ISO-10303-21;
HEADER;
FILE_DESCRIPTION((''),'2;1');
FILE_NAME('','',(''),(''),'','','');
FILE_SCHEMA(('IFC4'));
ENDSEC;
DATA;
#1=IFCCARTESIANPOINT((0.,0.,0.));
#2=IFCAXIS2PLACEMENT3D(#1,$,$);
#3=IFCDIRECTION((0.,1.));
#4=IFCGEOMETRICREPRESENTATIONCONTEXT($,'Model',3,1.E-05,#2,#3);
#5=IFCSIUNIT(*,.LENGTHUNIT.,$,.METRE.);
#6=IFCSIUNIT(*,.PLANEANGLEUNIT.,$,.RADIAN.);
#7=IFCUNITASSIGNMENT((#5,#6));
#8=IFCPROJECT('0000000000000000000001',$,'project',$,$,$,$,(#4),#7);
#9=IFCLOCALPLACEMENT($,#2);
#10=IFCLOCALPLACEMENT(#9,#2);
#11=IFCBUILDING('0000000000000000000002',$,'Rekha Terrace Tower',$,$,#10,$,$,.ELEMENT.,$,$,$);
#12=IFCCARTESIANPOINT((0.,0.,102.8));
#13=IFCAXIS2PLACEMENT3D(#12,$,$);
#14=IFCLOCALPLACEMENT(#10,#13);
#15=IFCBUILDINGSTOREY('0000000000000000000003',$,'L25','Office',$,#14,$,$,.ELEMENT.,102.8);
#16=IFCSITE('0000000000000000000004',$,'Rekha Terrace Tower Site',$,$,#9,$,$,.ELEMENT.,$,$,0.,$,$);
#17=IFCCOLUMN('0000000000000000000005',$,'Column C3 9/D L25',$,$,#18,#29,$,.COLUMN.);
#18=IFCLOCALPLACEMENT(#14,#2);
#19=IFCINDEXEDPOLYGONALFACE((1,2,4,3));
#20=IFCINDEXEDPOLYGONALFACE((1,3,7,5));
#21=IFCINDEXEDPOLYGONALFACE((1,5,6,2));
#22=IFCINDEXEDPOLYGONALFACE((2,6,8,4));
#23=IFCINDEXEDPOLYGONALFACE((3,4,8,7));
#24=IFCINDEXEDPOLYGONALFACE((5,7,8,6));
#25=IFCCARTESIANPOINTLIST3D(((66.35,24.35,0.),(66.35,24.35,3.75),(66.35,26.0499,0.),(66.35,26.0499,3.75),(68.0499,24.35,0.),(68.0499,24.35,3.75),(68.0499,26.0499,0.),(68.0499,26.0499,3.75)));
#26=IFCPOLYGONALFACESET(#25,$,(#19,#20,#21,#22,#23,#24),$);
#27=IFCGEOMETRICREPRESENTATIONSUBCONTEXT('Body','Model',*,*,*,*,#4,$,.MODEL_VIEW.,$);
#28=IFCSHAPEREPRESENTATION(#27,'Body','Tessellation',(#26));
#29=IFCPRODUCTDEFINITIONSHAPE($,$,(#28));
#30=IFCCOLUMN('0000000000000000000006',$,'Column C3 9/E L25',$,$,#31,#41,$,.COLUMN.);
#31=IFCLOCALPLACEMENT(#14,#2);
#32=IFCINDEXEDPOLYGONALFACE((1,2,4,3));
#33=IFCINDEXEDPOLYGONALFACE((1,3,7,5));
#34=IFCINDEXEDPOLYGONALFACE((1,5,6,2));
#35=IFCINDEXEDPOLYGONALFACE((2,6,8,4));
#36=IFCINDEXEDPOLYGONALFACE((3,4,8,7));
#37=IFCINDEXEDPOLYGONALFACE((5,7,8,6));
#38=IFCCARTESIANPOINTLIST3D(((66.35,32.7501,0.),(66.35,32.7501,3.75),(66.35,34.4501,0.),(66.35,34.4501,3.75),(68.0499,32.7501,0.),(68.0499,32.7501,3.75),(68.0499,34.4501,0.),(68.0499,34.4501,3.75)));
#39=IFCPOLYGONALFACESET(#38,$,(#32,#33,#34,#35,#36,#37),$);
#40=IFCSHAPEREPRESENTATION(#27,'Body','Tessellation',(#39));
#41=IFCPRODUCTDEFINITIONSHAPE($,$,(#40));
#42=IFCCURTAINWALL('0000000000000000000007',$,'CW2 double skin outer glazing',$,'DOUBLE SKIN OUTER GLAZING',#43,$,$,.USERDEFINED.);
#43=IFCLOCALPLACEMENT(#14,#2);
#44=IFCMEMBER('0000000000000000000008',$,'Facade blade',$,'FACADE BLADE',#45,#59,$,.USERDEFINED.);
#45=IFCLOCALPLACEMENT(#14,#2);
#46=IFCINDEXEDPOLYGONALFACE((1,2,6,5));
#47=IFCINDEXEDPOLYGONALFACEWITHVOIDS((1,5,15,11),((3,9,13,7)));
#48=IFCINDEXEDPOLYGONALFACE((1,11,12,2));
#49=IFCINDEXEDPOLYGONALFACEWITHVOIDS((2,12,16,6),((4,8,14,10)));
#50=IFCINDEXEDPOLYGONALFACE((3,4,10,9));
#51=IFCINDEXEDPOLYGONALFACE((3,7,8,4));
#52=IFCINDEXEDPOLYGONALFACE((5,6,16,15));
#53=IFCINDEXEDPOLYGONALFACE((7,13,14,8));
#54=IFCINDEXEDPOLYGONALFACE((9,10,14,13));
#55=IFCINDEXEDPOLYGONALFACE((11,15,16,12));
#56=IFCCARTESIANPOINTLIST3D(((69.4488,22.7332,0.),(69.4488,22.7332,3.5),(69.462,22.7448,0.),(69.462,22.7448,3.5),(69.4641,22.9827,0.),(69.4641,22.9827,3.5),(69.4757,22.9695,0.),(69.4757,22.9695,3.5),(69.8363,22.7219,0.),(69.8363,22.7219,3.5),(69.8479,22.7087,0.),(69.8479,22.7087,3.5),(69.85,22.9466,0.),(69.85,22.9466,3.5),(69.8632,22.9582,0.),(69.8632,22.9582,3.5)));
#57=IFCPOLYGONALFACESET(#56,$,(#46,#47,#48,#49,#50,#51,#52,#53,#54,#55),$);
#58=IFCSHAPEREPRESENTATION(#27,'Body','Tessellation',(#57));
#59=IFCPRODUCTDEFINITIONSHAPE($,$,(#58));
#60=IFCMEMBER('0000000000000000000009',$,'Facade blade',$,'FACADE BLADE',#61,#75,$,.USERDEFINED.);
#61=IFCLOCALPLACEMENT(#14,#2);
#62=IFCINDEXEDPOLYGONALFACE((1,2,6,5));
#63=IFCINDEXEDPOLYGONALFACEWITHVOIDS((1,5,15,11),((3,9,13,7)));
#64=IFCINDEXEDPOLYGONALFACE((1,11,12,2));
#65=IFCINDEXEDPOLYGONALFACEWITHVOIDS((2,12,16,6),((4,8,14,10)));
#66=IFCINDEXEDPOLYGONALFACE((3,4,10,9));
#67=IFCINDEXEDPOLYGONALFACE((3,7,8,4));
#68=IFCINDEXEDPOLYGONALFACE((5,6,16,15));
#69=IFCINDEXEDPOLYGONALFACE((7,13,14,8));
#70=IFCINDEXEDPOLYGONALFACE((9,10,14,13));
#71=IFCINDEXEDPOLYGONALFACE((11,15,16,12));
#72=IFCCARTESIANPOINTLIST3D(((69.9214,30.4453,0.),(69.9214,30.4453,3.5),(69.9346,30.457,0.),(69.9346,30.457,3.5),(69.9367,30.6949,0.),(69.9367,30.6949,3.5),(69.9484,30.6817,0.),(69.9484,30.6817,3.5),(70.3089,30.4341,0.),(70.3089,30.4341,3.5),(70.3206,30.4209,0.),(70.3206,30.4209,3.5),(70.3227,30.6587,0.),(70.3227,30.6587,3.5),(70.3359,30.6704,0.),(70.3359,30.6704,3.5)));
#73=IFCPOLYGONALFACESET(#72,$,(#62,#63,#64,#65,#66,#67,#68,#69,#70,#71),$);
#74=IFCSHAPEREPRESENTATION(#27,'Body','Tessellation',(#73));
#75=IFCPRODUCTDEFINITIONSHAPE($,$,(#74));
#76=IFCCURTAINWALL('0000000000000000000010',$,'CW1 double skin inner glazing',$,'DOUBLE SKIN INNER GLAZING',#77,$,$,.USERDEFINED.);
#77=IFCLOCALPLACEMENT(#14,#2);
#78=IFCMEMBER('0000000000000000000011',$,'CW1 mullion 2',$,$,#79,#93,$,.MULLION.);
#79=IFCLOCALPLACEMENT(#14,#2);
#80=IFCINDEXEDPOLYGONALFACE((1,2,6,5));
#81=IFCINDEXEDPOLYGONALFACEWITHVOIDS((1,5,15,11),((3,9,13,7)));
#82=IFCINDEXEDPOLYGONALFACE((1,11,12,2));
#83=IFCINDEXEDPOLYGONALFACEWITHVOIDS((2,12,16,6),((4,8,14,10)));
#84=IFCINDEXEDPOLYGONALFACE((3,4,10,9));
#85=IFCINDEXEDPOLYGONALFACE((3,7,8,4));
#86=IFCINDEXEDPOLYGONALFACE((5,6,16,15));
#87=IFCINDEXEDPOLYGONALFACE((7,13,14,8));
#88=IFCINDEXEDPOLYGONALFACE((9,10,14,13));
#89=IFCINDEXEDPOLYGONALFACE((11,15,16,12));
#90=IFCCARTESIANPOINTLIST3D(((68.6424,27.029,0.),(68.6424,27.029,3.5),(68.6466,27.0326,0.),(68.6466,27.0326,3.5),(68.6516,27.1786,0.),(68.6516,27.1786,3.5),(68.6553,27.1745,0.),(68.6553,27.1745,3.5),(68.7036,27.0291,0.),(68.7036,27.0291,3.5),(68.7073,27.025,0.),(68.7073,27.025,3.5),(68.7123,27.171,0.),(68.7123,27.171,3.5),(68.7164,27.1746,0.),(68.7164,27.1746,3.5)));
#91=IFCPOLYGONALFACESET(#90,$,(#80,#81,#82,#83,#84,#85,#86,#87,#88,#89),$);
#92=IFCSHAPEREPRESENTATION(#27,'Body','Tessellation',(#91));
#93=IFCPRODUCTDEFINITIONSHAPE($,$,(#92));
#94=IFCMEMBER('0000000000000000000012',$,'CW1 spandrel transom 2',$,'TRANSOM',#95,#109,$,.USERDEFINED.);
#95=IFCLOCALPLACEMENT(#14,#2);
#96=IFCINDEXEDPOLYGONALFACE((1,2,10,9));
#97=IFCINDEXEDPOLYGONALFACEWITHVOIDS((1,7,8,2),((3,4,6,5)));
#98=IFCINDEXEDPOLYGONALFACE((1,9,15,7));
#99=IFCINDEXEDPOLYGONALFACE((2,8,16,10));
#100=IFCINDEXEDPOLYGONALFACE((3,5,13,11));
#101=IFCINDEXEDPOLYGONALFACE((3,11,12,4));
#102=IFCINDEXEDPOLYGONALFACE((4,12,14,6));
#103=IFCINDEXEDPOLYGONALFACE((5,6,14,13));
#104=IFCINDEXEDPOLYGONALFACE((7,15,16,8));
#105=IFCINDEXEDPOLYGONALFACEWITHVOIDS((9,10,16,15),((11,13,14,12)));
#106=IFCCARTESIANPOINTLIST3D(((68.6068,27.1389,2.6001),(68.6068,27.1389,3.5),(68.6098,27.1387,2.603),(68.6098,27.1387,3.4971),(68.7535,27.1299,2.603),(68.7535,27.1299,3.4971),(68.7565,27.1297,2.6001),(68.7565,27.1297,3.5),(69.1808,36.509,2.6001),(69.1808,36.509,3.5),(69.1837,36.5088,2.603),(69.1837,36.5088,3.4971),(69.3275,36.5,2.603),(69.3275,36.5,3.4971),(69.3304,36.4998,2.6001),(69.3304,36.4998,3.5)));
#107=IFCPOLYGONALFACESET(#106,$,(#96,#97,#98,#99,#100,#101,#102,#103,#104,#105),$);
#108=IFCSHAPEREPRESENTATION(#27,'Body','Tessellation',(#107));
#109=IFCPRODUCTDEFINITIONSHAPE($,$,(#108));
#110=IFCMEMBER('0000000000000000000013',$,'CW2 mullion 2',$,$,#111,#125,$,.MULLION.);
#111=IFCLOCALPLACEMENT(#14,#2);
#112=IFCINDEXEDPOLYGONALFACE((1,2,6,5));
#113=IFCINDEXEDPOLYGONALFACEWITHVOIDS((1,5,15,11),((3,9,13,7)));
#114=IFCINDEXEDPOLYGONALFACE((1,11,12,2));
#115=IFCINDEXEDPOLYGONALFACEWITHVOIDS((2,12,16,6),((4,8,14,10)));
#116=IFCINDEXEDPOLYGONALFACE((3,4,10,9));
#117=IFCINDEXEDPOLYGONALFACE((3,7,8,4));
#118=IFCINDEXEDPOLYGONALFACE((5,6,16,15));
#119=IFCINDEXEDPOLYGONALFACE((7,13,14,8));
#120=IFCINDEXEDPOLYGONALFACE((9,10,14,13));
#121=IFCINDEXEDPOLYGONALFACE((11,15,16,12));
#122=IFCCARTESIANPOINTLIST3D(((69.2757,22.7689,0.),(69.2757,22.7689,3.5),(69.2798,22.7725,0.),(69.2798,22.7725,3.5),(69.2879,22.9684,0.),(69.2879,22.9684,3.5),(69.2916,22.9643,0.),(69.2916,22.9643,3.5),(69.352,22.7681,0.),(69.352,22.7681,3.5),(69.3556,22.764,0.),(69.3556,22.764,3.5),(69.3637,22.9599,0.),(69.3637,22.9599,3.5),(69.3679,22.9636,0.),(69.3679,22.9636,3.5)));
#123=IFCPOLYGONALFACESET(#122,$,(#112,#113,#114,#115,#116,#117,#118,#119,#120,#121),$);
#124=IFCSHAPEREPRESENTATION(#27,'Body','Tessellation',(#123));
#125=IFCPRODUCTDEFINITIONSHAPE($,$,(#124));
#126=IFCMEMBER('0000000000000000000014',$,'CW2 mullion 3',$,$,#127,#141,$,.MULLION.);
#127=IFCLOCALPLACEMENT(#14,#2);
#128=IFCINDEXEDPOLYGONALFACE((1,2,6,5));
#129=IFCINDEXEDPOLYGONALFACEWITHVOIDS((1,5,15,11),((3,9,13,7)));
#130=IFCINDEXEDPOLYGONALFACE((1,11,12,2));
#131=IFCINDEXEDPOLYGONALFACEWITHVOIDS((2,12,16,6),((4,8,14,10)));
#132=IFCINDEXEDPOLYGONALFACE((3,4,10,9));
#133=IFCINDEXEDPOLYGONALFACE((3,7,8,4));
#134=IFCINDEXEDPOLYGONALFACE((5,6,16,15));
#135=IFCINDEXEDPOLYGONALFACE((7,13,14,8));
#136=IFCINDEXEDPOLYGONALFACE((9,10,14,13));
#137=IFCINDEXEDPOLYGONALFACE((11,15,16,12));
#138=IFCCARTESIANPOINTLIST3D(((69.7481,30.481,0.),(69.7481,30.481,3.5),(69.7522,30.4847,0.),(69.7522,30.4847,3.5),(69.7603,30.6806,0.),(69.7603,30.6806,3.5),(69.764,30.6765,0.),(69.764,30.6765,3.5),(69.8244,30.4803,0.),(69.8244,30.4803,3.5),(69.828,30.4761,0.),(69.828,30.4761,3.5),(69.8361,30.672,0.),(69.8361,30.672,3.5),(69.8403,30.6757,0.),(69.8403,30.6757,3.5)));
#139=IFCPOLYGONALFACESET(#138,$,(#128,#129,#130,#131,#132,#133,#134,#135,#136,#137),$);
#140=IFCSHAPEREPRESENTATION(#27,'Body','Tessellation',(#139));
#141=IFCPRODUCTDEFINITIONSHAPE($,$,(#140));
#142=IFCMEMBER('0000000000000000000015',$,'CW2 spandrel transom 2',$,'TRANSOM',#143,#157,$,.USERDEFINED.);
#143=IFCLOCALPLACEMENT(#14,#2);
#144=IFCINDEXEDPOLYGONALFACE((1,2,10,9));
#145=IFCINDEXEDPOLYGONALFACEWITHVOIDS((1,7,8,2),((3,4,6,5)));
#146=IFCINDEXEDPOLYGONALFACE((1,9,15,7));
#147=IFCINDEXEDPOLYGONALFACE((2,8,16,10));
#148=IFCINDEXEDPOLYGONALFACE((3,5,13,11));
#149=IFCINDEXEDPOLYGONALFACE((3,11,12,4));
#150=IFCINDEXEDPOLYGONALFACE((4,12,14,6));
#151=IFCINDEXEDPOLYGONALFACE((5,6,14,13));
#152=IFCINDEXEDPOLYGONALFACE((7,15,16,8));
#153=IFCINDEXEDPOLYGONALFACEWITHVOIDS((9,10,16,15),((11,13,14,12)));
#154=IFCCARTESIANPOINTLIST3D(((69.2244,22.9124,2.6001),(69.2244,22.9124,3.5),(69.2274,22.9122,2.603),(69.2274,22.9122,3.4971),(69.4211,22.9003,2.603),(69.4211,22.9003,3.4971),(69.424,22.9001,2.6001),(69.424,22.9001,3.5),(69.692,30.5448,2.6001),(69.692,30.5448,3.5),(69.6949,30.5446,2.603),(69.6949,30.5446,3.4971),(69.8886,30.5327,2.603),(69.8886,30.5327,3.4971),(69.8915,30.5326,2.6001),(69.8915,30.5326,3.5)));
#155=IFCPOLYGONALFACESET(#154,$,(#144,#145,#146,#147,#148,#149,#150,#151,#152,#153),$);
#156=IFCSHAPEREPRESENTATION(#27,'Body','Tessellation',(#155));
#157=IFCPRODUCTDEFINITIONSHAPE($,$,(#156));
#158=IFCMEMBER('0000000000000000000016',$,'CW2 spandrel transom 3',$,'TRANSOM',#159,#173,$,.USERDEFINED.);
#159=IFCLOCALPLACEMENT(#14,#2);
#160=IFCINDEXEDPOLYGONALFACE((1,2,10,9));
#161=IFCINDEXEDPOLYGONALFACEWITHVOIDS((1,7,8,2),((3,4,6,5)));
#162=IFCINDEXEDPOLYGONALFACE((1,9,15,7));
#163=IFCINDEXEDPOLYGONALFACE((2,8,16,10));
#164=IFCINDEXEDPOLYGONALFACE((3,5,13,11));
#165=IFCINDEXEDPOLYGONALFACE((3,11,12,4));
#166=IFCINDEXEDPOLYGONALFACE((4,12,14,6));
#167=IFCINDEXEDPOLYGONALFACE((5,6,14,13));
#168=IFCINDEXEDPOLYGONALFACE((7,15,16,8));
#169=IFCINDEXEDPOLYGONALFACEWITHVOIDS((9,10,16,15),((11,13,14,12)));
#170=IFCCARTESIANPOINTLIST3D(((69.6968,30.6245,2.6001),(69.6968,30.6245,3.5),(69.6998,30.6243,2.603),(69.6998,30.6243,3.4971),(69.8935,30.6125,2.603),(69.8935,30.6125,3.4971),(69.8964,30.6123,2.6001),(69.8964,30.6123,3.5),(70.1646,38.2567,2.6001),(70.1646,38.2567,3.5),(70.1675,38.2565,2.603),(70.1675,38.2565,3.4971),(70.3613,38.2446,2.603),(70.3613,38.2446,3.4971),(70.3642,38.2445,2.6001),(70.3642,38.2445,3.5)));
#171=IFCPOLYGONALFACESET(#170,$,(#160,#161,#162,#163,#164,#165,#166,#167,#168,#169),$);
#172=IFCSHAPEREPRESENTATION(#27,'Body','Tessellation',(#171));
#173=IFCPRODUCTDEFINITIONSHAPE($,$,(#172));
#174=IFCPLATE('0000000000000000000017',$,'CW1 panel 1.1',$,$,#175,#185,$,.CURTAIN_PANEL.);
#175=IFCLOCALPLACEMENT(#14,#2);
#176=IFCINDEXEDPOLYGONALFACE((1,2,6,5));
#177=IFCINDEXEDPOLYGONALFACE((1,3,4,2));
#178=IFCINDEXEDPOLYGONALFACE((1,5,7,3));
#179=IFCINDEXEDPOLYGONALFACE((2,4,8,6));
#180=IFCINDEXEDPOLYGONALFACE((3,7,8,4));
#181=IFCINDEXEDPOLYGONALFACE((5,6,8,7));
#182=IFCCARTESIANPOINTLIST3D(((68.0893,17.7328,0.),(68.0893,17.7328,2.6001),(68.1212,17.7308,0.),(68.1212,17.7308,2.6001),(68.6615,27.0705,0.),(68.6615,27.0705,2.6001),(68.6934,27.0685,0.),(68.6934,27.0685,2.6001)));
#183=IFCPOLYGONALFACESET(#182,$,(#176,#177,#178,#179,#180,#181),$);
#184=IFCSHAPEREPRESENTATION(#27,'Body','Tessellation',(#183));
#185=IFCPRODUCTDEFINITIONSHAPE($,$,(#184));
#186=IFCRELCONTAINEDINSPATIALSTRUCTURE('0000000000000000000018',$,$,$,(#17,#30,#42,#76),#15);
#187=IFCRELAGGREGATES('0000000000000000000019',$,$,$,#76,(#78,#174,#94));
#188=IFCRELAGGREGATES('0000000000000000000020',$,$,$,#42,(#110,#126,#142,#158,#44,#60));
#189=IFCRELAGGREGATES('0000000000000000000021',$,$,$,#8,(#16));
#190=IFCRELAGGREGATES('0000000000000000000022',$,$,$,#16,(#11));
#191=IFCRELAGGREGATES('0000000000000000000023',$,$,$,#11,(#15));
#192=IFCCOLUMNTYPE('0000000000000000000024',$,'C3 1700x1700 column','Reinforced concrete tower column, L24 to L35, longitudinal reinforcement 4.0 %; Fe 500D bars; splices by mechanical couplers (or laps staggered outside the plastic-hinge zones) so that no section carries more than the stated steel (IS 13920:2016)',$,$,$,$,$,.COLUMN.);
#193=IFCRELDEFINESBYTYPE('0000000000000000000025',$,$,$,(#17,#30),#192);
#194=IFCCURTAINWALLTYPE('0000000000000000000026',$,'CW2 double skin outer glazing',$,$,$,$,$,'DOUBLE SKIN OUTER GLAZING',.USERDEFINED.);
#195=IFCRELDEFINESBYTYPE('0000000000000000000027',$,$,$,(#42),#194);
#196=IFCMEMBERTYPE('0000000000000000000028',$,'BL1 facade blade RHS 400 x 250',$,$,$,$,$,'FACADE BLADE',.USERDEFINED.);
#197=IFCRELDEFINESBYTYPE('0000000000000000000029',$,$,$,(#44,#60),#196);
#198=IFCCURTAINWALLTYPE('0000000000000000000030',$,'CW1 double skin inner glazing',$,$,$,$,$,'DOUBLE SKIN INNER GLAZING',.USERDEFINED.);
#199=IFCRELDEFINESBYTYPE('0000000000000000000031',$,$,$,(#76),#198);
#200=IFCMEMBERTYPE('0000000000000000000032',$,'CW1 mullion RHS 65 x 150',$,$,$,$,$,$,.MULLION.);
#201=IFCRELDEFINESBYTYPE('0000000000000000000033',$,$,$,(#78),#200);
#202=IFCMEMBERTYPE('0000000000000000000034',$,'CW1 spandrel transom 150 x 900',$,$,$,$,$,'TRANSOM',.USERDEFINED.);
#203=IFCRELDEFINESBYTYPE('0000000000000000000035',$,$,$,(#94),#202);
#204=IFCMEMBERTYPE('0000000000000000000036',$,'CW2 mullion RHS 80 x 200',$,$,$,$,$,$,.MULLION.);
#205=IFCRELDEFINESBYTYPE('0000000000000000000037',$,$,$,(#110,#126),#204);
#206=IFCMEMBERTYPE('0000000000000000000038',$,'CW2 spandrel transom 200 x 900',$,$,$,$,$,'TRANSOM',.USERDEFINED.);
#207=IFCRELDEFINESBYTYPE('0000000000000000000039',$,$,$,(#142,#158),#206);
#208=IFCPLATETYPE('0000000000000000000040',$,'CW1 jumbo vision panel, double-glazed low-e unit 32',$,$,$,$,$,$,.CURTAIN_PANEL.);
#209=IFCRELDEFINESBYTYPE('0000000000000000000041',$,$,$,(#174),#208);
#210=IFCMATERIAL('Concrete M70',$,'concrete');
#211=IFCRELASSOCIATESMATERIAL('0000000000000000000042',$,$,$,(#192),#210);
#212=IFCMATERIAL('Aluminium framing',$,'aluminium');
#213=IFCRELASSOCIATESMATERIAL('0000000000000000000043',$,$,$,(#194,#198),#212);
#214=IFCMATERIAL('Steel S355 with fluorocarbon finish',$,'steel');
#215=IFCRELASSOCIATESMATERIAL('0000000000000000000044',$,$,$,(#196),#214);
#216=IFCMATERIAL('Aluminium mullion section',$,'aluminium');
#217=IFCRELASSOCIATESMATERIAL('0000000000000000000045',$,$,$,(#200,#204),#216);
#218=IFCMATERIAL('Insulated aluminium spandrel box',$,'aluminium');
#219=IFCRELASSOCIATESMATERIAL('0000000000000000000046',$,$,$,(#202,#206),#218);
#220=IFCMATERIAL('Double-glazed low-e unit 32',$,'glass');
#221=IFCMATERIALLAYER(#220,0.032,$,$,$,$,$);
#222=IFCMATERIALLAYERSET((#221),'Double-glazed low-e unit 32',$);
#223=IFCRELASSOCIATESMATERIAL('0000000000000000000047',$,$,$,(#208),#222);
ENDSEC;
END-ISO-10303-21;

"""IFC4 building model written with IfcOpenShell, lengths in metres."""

from ifc_helpers import new_model, si_unit, direction, frame, origin, origin_2d, place, context, subcontext, project, spatial, rectangle, hollow_rectangle, extrude, material, layer, layer_set, material_profile, profile_set, type_object, element, aggregate, save


model = new_model("IFC4")

# Units and contexts
model_context = context("Model", 3, precision=1e-05, world=origin(), true_north=direction((0.0, 1.0)))
body_context = subcontext(model_context, "Body", "Model", "MODEL_VIEW")
ifc_project = project(units=[si_unit("LENGTHUNIT", "METRE"), si_unit("PLANEANGLEUNIT", "RADIAN")], contexts=[model_context])

# Site, building, storey
site_placement = place(None, origin())
site = spatial("IfcSite", under=ifc_project, at=site_placement, Name="Rekha Terrace Tower Site", CompositionType="ELEMENT", RefElevation=0.0)
building_placement = place(site_placement, origin())
building = spatial("IfcBuilding", under=site, at=building_placement, Name="Rekha Terrace Tower", CompositionType="ELEMENT")
storey_placement = place(building_placement, frame((0.0, 0.0, 102.8)))
storey = spatial("IfcBuildingStorey", under=building, at=storey_placement, Name="L25", Description="Office", CompositionType="ELEMENT", Elevation=102.8)

# Columns
ifc_material_1 = material(Name="Concrete M70", Category="concrete")
ifc_material_profile_1 = material_profile(ifc_material_1, rectangle(XDim=1.7, YDim=1.7, at=origin_2d()), Name="RC 1700x1700")
ifc_profile_set_1 = profile_set([ifc_material_profile_1], Name="Concrete M70")
column_type = type_object("IfcColumnType", Name="C3 1700x1700 column", Description="Reinforced concrete tower column, L24 to L35, longitudinal reinforcement 4.0 %; Fe 500D bars; splices by mechanical couplers (or laps staggered outside the plastic-hinge zones) so that no section carries more than the stated steel (IS 13920:2016)", PredefinedType="COLUMN", material=ifc_profile_set_1)
for number, where, z_axis, x_axis, name in (
    (1, (67.2, 25.2, 0.0), (0.0, 0.0, 1.0), (1.0, 0.0, 0.0), "Column C3 9/D L25"),
    (2, (67.2, 33.6001, 0.0), (0.0, 0.0, 1.0), (1.0, 0.0, 0.0), "Column C3 9/E L25"),
):
    element("IfcColumn", number, at=place(storey_placement, frame(where, z_axis=z_axis, x_axis=x_axis)), inside=storey, type_object=column_type, Name=name, PredefinedType="COLUMN", context=body_context, shape_type="SweptSolid", body=[
        extrude(rectangle(XDim=1.7, YDim=1.7, at=origin_2d()), origin(), (0.0, 0.0, 1.0), 3.75),
    ])

# Curtain walls, members
ifc_material_2 = material(Name="Aluminium framing", Category="aluminium")
curtain_wall_type_1 = type_object("IfcCurtainWallType", Name="CW2 double skin outer glazing", ElementType="DOUBLE SKIN OUTER GLAZING", PredefinedType="USERDEFINED", material=ifc_material_2)
curtain_wall_1_placement = place(storey_placement, origin())
curtain_wall_1 = element("IfcCurtainWall", 3, at=curtain_wall_1_placement, inside=storey, type_object=curtain_wall_type_1, Name="CW2 double skin outer glazing", ObjectType="DOUBLE SKIN OUTER GLAZING", PredefinedType="USERDEFINED")
ifc_material_3 = material(Name="Steel S355 with fluorocarbon finish", Category="steel")
ifc_material_profile_2 = material_profile(ifc_material_3, hollow_rectangle(XDim=0.25, YDim=0.3999, WallThickness=0.0125, at=origin_2d()), Name="RHS400x250x12.5")
ifc_profile_set_2 = profile_set([ifc_material_profile_2], Name="Steel S355 with fluorocarbon finish")
member_type_1 = type_object("IfcMemberType", Name="BL1 facade blade RHS 400 x 250", ElementType="FACADE BLADE", PredefinedType="USERDEFINED", material=ifc_profile_set_2)
member_1_placement = place(storey_placement, frame((69.656, 22.8457, 0.0), z_axis=(0.0, 0.0, 1.0), x_axis=(0.06116, 0.998128, 0.0)))
member_1 = element("IfcMember", 4, at=member_1_placement, type_object=member_type_1, Name="Facade blade", ObjectType="FACADE BLADE", PredefinedType="USERDEFINED", context=body_context, shape_type="SweptSolid", body=[
    extrude(hollow_rectangle(XDim=0.25, YDim=0.3999, WallThickness=0.0125, at=origin_2d()), origin(), (0.0, 0.0, 1.0), 3.5),
])
member_2_placement = place(storey_placement, frame((70.1287, 30.5579, 0.0), z_axis=(0.0, 0.0, 1.0), x_axis=(0.06116, 0.998128, 0.0)))
member_2 = element("IfcMember", 5, at=member_2_placement, type_object=member_type_1, Name="Facade blade", ObjectType="FACADE BLADE", PredefinedType="USERDEFINED", context=body_context, shape_type="SweptSolid", body=[
    extrude(hollow_rectangle(XDim=0.25, YDim=0.3999, WallThickness=0.0125, at=origin_2d()), origin(), (0.0, 0.0, 1.0), 3.5),
])
curtain_wall_type_2 = type_object("IfcCurtainWallType", Name="CW1 double skin inner glazing", ElementType="DOUBLE SKIN INNER GLAZING", PredefinedType="USERDEFINED", material=ifc_material_2)
curtain_wall_2_placement = place(storey_placement, origin())
curtain_wall_2 = element("IfcCurtainWall", 6, at=curtain_wall_2_placement, inside=storey, type_object=curtain_wall_type_2, Name="CW1 double skin inner glazing", ObjectType="DOUBLE SKIN INNER GLAZING", PredefinedType="USERDEFINED")
ifc_material_4 = material(Name="Aluminium mullion section", Category="aluminium")
ifc_material_profile_3 = material_profile(ifc_material_4, hollow_rectangle(XDim=0.0649, YDim=0.1499, WallThickness=0.0039, at=origin_2d()), Name="AL RHS 65x150")
ifc_profile_set_3 = profile_set([ifc_material_profile_3], Name="Aluminium mullion section")
member_type_2 = type_object("IfcMemberType", Name="CW1 mullion RHS 65 x 150", PredefinedType="MULLION", material=ifc_profile_set_3)
member_3_placement = place(storey_placement, frame((68.6794, 27.1018, 0.0), z_axis=(0.0, 0.0, 1.0), x_axis=(-0.998128, 0.06116, 0.0)))
member_3 = element("IfcMember", 7, at=member_3_placement, type_object=member_type_2, Name="CW1 mullion 2", PredefinedType="MULLION", context=body_context, shape_type="SweptSolid", body=[
    extrude(hollow_rectangle(XDim=0.0649, YDim=0.1499, WallThickness=0.0039, at=origin_2d()), origin(), (0.0, 0.0, 1.0), 3.5),
])
ifc_material_5 = material(Name="Insulated aluminium spandrel box", Category="aluminium")
ifc_material_profile_4 = material_profile(ifc_material_5, hollow_rectangle(XDim=0.1499, YDim=0.8999, WallThickness=0.0029, at=origin_2d()), Name="AL SPANDREL BOX 150x900")
ifc_profile_set_4 = profile_set([ifc_material_profile_4], Name="Insulated aluminium spandrel box")
member_type_3 = type_object("IfcMemberType", Name="CW1 spandrel transom 150 x 900", ElementType="TRANSOM", PredefinedType="USERDEFINED", material=ifc_profile_set_4)
member_4_placement = place(storey_placement, frame((68.6816, 27.1343, 3.05), z_axis=(0.061141, 0.998129, 0.0), x_axis=(-0.998129, 0.061141, 0.0)))
member_4 = element("IfcMember", 8, at=member_4_placement, type_object=member_type_3, Name="CW1 spandrel transom 2", ObjectType="TRANSOM", PredefinedType="USERDEFINED", context=body_context, shape_type="SweptSolid", body=[
    extrude(hollow_rectangle(XDim=0.1499, YDim=0.8999, WallThickness=0.0029, at=origin_2d()), origin(), (0.0, 0.0, 1.0), 9.3877),
])

# Members
ifc_material_profile_5 = material_profile(ifc_material_4, hollow_rectangle(XDim=0.0801, YDim=0.2, WallThickness=0.0039, at=origin_2d()), Name="AL RHS 80x200")
ifc_profile_set_5 = profile_set([ifc_material_profile_5], Name="Aluminium mullion section")
member_type_4 = type_object("IfcMemberType", Name="CW2 mullion RHS 80 x 200", PredefinedType="MULLION", material=ifc_profile_set_5)
member_5_placement = place(storey_placement, frame((69.3218, 22.8662, 0.0), z_axis=(0.0, 0.0, 1.0), x_axis=(-0.998128, 0.06116, 0.0)))
member_5 = element("IfcMember", 9, at=member_5_placement, type_object=member_type_4, Name="CW2 mullion 2", PredefinedType="MULLION", context=body_context, shape_type="SweptSolid", body=[
    extrude(hollow_rectangle(XDim=0.0801, YDim=0.2, WallThickness=0.0039, at=origin_2d()), origin(), (0.0, 0.0, 1.0), 3.5),
])
member_6_placement = place(storey_placement, frame((69.7942, 30.5784, 0.0), z_axis=(0.0, 0.0, 1.0), x_axis=(-0.998128, 0.06116, 0.0)))
member_6 = element("IfcMember", 10, at=member_6_placement, type_object=member_type_4, Name="CW2 mullion 3", PredefinedType="MULLION", context=body_context, shape_type="SweptSolid", body=[
    extrude(hollow_rectangle(XDim=0.0801, YDim=0.2, WallThickness=0.0039, at=origin_2d()), origin(), (0.0, 0.0, 1.0), 3.5),
])
ifc_material_profile_6 = material_profile(ifc_material_5, hollow_rectangle(XDim=0.2, YDim=0.8999, WallThickness=0.0029, at=origin_2d()), Name="AL SPANDREL BOX 200x900")
ifc_profile_set_6 = profile_set([ifc_material_profile_6], Name="Insulated aluminium spandrel box")
member_type_5 = type_object("IfcMemberType", Name="CW2 spandrel transom 200 x 900", ElementType="TRANSOM", PredefinedType="USERDEFINED", material=ifc_profile_set_6)
member_7_placement = place(storey_placement, frame((69.3242, 22.9062, 3.05), z_axis=(0.061142, 0.998129, 0.0), x_axis=(-0.998129, 0.061142, 0.0)))
member_7 = element("IfcMember", 11, at=member_7_placement, type_object=member_type_5, Name="CW2 spandrel transom 2", ObjectType="TRANSOM", PredefinedType="USERDEFINED", context=body_context, shape_type="SweptSolid", body=[
    extrude(hollow_rectangle(XDim=0.2, YDim=0.8999, WallThickness=0.0029, at=origin_2d()), origin(), (0.0, 0.0, 1.0), 7.6467),
])
member_8_placement = place(storey_placement, frame((69.7966, 30.6184, 3.05), z_axis=(0.061176, 0.998127, 0.0), x_axis=(-0.998127, 0.061176, 0.0)))
member_8 = element("IfcMember", 12, at=member_8_placement, type_object=member_type_5, Name="CW2 spandrel transom 3", ObjectType="TRANSOM", PredefinedType="USERDEFINED", context=body_context, shape_type="SweptSolid", body=[
    extrude(hollow_rectangle(XDim=0.2, YDim=0.8999, WallThickness=0.0029, at=origin_2d()), origin(), (0.0, 0.0, 1.0), 7.6465),
])

# Plate
ifc_material_6 = material(Name="Double-glazed low-e unit 32", Category="glass")
ifc_layer_1 = layer(ifc_material_6, 0.032)
ifc_layer_set_1 = layer_set([ifc_layer_1], Name="Double-glazed low-e unit 32")
plate_type_1 = type_object("IfcPlateType", Name="CW1 jumbo vision panel, double-glazed low-e unit 32", PredefinedType="CURTAIN_PANEL", material=ifc_layer_set_1)
plate_1_placement = place(storey_placement, frame((68.3914, 22.4006, 0.0), z_axis=(0.0, 0.0, 1.0), x_axis=(0.06116, 0.998128, 0.0)))
plate_1 = element("IfcPlate", 13, at=plate_1_placement, type_object=plate_type_1, Name="CW1 panel 1.1", PredefinedType="CURTAIN_PANEL", context=body_context, shape_type="SweptSolid", body=[
    extrude(rectangle(XDim=9.3552, YDim=0.032, at=origin_2d()), origin(), (0.0, 0.0, 1.0), 2.6001),
])
aggregate(curtain_wall_2, [member_3, plate_1, member_4])
aggregate(curtain_wall_1, [member_5, member_6, member_7, member_8, member_1, member_2])

save(model, "model.ifc")
